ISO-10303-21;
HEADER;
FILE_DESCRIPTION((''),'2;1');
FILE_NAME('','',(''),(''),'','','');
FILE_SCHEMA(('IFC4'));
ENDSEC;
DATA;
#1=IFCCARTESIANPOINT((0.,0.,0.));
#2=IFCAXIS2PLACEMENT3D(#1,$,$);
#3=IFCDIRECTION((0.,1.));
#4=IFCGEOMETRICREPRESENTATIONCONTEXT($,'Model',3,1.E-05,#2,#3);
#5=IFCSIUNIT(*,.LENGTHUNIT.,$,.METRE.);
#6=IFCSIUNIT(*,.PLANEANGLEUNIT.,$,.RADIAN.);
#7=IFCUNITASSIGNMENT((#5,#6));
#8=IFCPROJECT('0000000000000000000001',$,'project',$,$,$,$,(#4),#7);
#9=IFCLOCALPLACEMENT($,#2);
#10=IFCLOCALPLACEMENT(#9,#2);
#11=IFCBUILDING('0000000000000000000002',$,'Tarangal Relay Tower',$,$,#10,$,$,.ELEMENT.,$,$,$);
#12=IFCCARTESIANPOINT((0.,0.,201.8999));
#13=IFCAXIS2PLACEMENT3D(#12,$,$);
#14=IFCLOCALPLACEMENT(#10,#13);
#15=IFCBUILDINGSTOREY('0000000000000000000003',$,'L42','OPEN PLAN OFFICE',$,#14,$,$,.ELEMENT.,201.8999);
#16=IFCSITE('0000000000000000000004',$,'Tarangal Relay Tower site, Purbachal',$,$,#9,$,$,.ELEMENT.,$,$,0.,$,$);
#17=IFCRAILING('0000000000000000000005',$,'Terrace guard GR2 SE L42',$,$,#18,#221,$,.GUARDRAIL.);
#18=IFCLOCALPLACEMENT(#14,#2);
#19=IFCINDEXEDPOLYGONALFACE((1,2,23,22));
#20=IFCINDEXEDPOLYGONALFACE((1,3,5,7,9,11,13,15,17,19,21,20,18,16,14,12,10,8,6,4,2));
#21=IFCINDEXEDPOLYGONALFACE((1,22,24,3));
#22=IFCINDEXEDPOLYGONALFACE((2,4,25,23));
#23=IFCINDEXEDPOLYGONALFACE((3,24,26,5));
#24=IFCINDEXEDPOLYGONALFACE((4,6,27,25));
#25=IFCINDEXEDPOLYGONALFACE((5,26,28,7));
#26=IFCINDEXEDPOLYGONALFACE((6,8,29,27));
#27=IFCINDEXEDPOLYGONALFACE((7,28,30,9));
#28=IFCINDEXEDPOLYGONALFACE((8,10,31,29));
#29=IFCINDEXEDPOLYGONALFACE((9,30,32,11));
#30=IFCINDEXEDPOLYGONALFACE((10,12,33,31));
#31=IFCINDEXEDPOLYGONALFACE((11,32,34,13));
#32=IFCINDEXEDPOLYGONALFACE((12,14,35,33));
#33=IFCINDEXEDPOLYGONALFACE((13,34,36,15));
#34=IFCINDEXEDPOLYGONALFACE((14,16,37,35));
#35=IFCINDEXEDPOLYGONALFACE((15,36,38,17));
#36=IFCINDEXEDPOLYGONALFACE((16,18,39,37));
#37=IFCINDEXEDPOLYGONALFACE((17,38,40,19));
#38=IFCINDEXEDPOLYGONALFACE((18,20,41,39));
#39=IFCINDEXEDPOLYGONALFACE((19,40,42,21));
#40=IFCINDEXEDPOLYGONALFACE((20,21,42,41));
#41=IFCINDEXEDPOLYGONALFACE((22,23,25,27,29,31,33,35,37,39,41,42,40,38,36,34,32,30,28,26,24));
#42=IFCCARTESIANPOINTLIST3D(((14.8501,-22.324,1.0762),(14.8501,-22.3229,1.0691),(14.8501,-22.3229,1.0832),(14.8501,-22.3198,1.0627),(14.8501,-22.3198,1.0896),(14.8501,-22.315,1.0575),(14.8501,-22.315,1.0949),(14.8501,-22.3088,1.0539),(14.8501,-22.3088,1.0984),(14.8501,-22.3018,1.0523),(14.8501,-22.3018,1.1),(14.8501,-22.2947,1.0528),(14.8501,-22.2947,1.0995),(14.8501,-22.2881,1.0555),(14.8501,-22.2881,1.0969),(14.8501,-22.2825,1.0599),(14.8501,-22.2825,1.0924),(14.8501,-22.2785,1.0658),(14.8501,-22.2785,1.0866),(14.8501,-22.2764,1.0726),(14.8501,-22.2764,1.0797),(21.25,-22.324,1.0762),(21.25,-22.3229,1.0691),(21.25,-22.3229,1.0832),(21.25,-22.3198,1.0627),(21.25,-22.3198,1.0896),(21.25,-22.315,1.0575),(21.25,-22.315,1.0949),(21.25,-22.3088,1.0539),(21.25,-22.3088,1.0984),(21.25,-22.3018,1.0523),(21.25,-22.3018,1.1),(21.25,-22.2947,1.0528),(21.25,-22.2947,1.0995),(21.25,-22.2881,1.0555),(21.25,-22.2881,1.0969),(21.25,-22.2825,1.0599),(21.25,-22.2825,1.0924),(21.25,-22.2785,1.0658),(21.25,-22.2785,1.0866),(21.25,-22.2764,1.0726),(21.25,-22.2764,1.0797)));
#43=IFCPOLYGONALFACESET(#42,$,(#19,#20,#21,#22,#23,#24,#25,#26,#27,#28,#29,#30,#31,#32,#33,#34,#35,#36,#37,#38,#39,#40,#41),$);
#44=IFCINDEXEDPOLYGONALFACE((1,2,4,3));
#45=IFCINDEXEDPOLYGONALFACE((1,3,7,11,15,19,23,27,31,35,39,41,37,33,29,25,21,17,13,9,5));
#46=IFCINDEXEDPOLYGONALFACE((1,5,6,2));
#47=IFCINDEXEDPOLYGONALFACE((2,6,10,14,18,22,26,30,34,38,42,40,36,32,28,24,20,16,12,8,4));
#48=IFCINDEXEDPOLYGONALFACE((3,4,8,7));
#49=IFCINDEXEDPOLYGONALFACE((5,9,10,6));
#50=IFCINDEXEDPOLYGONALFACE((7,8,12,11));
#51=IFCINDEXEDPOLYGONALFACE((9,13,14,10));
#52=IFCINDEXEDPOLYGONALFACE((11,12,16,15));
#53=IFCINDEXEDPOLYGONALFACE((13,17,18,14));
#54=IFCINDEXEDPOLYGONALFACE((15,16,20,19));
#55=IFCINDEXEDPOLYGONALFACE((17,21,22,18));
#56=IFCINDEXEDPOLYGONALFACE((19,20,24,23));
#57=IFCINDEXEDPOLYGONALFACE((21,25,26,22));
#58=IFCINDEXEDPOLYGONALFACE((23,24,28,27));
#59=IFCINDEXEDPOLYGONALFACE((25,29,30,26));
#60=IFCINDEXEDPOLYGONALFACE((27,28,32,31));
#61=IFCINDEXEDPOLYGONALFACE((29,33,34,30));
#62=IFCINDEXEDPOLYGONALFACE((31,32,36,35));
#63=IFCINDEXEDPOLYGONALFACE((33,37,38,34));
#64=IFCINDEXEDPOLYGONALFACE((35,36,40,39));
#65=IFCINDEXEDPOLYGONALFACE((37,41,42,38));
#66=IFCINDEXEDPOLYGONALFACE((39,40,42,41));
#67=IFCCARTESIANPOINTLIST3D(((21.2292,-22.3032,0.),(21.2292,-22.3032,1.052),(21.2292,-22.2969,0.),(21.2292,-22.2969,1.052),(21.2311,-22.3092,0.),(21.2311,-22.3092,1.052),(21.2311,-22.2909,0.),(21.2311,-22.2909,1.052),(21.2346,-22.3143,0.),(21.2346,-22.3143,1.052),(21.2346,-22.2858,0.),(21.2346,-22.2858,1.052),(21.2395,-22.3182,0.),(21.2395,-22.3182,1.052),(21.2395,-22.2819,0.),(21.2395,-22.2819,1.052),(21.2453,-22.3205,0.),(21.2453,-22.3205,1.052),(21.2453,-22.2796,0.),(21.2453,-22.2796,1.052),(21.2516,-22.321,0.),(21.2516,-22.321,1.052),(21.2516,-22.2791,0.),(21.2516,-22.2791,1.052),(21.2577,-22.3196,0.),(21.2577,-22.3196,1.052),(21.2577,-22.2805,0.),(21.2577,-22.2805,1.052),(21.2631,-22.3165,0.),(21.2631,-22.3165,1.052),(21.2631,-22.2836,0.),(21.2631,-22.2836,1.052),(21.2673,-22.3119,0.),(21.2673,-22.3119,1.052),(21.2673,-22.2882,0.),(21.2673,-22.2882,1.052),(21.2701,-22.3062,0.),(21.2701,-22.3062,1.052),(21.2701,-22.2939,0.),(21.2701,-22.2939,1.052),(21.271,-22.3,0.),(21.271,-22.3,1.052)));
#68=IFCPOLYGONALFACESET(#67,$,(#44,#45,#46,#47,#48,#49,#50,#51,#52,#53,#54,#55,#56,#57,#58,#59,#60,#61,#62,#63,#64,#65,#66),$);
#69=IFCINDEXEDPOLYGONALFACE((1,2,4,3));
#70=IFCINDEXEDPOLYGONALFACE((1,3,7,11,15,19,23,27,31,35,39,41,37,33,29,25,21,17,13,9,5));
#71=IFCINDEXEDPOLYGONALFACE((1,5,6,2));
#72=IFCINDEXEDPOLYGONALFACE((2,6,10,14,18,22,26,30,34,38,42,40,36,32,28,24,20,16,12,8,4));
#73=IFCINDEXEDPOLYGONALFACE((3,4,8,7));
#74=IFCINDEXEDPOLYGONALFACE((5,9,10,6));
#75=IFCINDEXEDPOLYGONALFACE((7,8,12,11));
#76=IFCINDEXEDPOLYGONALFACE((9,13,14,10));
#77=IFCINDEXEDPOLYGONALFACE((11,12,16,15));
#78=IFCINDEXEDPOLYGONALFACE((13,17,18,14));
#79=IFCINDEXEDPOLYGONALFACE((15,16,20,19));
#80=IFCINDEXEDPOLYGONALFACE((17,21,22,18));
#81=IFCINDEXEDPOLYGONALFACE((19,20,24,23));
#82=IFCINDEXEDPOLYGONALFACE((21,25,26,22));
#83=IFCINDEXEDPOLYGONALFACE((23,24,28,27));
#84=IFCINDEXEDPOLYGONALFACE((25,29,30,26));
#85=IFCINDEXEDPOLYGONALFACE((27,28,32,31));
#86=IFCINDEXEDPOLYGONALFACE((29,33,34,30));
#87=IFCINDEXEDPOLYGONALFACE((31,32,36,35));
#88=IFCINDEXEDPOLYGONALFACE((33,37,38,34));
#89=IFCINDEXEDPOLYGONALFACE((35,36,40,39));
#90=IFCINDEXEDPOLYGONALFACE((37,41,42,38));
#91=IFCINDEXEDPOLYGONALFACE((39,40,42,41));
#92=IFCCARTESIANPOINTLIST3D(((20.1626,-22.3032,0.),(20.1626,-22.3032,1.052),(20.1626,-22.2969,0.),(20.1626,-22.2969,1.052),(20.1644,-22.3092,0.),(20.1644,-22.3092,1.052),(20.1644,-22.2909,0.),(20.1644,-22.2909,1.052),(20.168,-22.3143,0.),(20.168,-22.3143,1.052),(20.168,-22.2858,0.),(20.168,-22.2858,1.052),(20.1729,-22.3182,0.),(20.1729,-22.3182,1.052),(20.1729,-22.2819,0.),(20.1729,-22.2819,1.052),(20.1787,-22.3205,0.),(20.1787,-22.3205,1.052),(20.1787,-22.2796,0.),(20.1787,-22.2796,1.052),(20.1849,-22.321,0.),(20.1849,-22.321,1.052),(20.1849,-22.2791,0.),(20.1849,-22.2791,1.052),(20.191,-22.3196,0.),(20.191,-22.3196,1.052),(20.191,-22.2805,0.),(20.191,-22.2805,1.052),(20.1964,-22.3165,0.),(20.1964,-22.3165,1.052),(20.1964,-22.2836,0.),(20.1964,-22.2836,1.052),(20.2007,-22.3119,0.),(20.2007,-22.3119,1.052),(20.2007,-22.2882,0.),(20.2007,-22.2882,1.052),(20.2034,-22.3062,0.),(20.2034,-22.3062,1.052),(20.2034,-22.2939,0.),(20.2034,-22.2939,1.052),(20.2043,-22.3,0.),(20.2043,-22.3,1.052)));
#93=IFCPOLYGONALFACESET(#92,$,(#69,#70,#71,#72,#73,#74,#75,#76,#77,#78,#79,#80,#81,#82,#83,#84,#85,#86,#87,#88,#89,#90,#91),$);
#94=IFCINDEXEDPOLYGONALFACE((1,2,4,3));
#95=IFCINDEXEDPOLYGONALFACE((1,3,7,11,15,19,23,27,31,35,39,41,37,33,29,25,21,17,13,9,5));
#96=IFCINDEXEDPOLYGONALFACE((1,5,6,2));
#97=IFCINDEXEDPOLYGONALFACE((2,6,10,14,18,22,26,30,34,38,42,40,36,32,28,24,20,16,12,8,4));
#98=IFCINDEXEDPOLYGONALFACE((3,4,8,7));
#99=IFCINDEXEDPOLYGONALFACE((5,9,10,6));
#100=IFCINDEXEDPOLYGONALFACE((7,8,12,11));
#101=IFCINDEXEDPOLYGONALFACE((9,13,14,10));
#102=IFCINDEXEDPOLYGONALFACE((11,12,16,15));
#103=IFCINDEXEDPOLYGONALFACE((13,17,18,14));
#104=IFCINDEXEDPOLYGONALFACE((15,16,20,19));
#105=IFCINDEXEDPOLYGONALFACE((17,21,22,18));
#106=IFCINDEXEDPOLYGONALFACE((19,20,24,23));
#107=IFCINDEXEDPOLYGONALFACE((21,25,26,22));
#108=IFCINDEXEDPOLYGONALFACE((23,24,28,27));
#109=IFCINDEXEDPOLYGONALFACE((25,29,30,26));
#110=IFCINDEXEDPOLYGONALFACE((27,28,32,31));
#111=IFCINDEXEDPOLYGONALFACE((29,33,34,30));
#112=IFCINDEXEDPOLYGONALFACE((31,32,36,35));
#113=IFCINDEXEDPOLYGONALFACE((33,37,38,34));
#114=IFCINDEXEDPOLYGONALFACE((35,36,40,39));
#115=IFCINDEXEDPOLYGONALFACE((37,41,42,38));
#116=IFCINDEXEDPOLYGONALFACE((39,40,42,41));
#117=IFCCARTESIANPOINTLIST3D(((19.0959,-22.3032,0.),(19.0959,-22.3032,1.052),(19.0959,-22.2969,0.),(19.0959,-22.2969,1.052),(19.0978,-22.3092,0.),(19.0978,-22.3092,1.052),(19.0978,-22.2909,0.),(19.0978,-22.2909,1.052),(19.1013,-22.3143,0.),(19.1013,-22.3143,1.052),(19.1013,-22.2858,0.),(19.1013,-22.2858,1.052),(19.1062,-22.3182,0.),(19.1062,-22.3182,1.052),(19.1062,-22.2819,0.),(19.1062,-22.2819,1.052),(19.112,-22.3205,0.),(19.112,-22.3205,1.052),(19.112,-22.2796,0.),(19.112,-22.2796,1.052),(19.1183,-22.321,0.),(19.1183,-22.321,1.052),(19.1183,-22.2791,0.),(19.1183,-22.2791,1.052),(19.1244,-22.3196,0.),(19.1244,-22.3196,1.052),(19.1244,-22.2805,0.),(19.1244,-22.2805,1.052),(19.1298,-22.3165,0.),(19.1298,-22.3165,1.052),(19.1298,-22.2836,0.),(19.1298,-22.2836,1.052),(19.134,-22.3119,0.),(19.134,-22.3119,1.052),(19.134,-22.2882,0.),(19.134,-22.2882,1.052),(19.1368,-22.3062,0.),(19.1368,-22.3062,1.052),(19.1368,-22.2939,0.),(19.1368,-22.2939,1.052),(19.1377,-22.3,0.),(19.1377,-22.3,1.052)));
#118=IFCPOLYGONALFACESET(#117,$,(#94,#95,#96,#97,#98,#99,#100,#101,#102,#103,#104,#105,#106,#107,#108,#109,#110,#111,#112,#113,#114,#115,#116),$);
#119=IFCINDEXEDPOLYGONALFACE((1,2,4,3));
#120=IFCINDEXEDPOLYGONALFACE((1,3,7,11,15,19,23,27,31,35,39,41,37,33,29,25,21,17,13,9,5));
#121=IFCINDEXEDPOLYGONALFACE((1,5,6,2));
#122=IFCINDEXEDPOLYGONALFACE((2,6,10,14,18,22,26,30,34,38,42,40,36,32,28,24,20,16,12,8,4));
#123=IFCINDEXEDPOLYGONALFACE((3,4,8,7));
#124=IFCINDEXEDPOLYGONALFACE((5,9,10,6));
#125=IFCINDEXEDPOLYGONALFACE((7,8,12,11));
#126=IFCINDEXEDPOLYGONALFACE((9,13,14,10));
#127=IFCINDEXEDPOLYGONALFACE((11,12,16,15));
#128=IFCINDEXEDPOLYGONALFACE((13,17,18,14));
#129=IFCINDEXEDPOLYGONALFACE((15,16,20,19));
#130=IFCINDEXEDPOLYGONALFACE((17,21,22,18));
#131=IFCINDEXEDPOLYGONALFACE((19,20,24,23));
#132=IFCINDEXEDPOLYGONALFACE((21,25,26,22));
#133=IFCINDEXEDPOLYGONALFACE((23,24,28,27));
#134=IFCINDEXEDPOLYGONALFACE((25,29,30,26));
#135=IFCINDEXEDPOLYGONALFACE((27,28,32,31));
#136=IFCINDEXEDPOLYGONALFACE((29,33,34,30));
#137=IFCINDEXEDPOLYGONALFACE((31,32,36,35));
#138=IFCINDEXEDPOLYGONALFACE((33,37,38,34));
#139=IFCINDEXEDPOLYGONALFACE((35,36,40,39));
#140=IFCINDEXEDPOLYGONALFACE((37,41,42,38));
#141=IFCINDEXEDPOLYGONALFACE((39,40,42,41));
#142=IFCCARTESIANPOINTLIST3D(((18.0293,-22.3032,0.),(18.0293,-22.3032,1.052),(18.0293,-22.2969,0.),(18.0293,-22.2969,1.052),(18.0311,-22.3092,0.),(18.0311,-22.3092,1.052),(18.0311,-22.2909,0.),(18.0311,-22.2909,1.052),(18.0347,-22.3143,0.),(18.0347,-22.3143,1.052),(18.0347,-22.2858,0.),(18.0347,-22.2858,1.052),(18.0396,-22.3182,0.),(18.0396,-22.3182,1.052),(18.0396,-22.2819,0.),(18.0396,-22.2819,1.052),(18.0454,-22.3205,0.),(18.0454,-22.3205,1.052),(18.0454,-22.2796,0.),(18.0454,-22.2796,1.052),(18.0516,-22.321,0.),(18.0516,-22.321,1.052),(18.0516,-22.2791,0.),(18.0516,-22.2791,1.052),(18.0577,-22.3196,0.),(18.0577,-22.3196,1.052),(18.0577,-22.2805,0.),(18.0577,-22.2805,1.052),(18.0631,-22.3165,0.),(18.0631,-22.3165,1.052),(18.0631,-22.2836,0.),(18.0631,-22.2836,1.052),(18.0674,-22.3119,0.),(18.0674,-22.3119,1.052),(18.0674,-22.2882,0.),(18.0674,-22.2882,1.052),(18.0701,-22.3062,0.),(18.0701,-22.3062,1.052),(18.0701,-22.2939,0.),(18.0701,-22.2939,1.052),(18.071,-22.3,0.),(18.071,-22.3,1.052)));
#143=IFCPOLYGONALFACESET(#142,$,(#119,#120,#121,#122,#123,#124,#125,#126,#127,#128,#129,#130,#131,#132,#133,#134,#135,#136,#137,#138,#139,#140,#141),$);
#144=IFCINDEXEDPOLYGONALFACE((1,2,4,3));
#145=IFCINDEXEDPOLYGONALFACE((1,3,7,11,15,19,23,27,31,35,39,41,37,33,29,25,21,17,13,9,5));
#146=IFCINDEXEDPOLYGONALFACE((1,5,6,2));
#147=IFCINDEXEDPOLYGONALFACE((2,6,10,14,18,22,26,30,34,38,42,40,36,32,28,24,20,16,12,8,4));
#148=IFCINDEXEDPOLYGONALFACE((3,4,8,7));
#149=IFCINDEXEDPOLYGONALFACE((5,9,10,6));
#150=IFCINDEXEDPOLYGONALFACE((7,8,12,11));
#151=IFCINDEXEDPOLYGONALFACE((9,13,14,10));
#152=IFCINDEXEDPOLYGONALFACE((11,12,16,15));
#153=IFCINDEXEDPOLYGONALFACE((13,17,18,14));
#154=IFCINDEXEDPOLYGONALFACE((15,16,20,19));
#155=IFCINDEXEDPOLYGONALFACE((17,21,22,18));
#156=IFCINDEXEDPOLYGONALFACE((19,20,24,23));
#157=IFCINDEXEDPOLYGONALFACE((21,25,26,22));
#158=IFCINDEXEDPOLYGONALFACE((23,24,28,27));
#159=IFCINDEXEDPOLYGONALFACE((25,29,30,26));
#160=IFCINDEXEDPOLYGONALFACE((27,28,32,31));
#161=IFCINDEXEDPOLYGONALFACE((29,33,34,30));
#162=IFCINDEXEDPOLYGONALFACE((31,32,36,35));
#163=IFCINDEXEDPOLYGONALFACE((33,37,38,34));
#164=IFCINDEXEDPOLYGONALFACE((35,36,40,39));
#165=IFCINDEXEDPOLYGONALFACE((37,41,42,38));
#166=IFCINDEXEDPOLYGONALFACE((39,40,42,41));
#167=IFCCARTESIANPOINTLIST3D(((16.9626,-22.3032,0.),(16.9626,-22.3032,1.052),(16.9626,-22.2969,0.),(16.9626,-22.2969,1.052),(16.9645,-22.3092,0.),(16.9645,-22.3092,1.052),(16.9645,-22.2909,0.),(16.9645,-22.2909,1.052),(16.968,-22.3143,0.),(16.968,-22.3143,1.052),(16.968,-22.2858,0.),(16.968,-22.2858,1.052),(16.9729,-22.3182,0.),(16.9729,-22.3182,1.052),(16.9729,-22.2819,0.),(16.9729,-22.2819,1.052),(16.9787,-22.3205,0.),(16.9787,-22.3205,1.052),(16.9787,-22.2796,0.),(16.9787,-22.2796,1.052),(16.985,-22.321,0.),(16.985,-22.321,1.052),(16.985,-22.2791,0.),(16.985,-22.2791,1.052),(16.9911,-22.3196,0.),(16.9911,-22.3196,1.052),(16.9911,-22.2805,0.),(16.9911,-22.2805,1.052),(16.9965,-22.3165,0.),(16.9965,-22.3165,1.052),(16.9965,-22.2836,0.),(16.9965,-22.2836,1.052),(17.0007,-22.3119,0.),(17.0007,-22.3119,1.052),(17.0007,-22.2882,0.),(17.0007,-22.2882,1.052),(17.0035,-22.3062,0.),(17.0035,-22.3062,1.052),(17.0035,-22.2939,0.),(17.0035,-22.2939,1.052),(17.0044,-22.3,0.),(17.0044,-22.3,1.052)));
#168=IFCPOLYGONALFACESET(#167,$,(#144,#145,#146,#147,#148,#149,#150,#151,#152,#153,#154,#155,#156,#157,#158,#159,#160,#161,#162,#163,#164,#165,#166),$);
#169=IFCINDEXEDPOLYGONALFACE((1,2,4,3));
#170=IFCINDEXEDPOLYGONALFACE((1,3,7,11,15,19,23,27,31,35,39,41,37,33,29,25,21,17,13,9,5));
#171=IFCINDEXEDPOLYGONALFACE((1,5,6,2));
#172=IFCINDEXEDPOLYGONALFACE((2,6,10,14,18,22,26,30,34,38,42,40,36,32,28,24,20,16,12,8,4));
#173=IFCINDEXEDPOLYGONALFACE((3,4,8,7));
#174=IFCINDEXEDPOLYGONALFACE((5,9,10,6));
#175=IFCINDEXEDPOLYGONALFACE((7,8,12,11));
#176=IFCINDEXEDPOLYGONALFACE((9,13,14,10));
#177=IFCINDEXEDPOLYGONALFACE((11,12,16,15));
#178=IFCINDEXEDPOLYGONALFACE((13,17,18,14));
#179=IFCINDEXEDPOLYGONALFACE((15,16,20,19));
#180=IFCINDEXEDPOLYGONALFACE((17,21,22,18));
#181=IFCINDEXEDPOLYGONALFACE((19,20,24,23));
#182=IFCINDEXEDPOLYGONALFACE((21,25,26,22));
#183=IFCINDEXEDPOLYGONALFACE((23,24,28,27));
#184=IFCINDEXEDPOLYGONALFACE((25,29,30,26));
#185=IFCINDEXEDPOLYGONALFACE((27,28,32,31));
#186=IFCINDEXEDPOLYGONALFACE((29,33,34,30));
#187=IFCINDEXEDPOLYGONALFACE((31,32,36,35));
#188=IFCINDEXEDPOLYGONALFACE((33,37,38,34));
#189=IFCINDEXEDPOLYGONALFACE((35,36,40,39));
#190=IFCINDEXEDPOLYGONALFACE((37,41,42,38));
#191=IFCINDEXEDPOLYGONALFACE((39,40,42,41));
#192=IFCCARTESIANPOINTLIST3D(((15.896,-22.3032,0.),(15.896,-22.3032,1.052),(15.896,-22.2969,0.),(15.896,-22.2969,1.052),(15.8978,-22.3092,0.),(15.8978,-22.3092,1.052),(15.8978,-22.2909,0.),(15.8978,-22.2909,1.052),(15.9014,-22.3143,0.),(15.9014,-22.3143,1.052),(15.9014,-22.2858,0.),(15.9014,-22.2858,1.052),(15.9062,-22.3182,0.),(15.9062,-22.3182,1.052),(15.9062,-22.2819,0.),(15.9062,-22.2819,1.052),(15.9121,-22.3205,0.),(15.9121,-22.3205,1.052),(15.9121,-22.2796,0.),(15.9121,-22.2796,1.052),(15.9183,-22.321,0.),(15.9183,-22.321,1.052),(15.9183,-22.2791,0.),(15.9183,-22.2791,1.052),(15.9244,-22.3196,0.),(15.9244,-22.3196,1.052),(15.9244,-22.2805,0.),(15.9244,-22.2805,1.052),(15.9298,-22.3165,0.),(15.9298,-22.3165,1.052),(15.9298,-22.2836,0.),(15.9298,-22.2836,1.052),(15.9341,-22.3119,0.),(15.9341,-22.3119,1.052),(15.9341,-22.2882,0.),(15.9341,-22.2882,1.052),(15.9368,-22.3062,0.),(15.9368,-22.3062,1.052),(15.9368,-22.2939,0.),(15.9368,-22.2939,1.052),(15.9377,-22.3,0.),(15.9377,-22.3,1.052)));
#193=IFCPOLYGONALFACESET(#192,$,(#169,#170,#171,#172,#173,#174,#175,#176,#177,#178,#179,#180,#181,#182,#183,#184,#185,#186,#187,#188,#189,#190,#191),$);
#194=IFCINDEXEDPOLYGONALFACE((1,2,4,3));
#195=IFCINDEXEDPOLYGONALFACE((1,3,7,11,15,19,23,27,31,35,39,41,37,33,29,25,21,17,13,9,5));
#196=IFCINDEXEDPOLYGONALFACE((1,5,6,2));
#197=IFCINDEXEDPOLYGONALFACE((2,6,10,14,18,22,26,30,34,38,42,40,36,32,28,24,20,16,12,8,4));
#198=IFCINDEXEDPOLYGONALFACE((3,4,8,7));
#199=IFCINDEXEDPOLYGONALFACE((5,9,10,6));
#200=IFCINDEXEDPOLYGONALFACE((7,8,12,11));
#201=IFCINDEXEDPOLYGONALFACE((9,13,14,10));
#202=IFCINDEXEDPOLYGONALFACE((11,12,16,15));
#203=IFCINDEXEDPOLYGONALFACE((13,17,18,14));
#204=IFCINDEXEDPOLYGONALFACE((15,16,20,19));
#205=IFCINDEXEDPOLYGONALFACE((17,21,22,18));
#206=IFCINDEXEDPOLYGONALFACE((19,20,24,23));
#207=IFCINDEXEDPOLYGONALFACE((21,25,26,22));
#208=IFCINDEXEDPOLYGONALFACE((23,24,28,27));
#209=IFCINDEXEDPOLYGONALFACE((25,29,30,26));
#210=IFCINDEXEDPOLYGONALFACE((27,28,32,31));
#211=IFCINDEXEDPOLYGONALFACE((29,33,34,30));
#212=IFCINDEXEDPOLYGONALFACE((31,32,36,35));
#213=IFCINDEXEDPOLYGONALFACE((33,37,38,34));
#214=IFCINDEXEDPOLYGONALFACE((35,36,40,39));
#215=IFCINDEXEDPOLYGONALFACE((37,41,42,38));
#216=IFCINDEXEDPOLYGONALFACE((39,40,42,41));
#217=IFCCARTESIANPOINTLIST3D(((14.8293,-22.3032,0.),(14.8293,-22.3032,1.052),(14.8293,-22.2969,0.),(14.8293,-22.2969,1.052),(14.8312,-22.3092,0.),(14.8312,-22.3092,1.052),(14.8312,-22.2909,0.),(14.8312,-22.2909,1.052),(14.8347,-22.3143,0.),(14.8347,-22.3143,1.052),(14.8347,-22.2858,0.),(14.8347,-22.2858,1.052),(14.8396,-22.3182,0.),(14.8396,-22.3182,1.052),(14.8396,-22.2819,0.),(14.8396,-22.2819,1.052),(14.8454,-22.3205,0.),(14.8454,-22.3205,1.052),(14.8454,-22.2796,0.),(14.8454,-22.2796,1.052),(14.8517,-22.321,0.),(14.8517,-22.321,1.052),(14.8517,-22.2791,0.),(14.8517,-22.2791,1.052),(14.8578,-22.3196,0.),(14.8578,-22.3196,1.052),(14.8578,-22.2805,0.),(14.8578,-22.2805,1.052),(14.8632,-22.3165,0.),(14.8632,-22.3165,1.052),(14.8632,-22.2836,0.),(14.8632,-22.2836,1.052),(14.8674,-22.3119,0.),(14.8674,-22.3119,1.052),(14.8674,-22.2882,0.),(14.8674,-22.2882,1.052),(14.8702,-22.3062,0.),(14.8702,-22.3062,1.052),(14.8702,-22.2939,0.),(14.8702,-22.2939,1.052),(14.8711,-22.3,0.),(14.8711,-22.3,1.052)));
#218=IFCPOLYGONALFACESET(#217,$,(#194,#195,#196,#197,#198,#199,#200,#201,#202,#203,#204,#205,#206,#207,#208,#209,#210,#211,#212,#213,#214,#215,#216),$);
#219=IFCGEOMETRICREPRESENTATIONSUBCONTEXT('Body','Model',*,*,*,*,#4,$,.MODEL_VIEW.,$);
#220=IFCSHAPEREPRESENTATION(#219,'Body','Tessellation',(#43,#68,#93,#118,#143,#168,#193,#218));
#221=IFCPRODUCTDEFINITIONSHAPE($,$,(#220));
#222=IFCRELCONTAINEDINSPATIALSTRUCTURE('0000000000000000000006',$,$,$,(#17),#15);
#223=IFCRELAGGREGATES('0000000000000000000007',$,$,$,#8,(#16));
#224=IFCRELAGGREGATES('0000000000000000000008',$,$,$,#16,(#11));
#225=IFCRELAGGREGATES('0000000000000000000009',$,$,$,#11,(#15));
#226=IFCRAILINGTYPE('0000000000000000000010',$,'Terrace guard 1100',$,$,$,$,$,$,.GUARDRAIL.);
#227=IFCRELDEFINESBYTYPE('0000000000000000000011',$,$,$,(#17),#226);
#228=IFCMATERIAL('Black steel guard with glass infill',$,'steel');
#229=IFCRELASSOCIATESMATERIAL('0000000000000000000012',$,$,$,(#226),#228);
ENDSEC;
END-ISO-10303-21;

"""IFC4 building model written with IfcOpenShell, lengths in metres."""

from ifc_helpers import new_model, si_unit, direction, frame, origin, origin_2d, place, context, subcontext, project, spatial, circle, extrude, material, type_object, element, save


model = new_model("IFC4")

# Units and contexts
model_context = context("Model", 3, precision=1e-05, world=origin(), true_north=direction((0.0, 1.0)))
body_context = subcontext(model_context, "Body", "Model", "MODEL_VIEW")
ifc_project = project(units=[si_unit("LENGTHUNIT", "METRE"), si_unit("PLANEANGLEUNIT", "RADIAN")], contexts=[model_context])

# Site, building, storey
site_placement = place(None, origin())
site = spatial("IfcSite", under=ifc_project, at=site_placement, Name="Tarangal Relay Tower site, Purbachal", CompositionType="ELEMENT", RefElevation=0.0)
building_placement = place(site_placement, origin())
building = spatial("IfcBuilding", under=site, at=building_placement, Name="Tarangal Relay Tower", CompositionType="ELEMENT")
storey_placement = place(building_placement, frame((0.0, 0.0, 201.8999)))
storey = spatial("IfcBuildingStorey", under=building, at=storey_placement, Name="L42", Description="OPEN PLAN OFFICE", CompositionType="ELEMENT", Elevation=201.8999)

# Railing
ifc_material_1 = material(Name="Black steel guard with glass infill", Category="steel")
railing_type = type_object("IfcRailingType", Name="Terrace guard 1100", PredefinedType="GUARDRAIL", material=ifc_material_1)
railing_1_placement = place(storey_placement, frame((21.25, -22.3, 0.0)))
element("IfcRailing", 1, at=railing_1_placement, inside=storey, type_object=railing_type, Name="Terrace guard GR2 SE L42", PredefinedType="GUARDRAIL", context=body_context, shape_type="SweptSolid", body=[
    extrude(circle(Radius=0.0239, at=origin_2d()), frame((0.0, 0.0, 1.0762), z_axis=(-1.0, 0.0, 0.0), x_axis=(0.0, -1.0, 0.0)), (0.0, 0.0, 1.0), 6.3999),
    extrude(circle(Radius=0.021, at=origin_2d()), origin(), (0.0, 0.0, 1.0), 1.052),
    extrude(circle(Radius=0.021, at=origin_2d()), frame((-1.0667, 0.0, 0.0)), (0.0, 0.0, 1.0), 1.052),
    extrude(circle(Radius=0.021, at=origin_2d()), frame((-2.1333, 0.0, 0.0)), (0.0, 0.0, 1.0), 1.052),
    extrude(circle(Radius=0.021, at=origin_2d()), frame((-3.2, 0.0, 0.0)), (0.0, 0.0, 1.0), 1.052),
    extrude(circle(Radius=0.021, at=origin_2d()), frame((-4.2666, 0.0, 0.0)), (0.0, 0.0, 1.0), 1.052),
    extrude(circle(Radius=0.021, at=origin_2d()), frame((-5.3333, 0.0, 0.0)), (0.0, 0.0, 1.0), 1.052),
    extrude(circle(Radius=0.021, at=origin_2d()), frame((-6.3999, 0.0, 0.0)), (0.0, 0.0, 1.0), 1.052),
])

save(model, "model.ifc")
